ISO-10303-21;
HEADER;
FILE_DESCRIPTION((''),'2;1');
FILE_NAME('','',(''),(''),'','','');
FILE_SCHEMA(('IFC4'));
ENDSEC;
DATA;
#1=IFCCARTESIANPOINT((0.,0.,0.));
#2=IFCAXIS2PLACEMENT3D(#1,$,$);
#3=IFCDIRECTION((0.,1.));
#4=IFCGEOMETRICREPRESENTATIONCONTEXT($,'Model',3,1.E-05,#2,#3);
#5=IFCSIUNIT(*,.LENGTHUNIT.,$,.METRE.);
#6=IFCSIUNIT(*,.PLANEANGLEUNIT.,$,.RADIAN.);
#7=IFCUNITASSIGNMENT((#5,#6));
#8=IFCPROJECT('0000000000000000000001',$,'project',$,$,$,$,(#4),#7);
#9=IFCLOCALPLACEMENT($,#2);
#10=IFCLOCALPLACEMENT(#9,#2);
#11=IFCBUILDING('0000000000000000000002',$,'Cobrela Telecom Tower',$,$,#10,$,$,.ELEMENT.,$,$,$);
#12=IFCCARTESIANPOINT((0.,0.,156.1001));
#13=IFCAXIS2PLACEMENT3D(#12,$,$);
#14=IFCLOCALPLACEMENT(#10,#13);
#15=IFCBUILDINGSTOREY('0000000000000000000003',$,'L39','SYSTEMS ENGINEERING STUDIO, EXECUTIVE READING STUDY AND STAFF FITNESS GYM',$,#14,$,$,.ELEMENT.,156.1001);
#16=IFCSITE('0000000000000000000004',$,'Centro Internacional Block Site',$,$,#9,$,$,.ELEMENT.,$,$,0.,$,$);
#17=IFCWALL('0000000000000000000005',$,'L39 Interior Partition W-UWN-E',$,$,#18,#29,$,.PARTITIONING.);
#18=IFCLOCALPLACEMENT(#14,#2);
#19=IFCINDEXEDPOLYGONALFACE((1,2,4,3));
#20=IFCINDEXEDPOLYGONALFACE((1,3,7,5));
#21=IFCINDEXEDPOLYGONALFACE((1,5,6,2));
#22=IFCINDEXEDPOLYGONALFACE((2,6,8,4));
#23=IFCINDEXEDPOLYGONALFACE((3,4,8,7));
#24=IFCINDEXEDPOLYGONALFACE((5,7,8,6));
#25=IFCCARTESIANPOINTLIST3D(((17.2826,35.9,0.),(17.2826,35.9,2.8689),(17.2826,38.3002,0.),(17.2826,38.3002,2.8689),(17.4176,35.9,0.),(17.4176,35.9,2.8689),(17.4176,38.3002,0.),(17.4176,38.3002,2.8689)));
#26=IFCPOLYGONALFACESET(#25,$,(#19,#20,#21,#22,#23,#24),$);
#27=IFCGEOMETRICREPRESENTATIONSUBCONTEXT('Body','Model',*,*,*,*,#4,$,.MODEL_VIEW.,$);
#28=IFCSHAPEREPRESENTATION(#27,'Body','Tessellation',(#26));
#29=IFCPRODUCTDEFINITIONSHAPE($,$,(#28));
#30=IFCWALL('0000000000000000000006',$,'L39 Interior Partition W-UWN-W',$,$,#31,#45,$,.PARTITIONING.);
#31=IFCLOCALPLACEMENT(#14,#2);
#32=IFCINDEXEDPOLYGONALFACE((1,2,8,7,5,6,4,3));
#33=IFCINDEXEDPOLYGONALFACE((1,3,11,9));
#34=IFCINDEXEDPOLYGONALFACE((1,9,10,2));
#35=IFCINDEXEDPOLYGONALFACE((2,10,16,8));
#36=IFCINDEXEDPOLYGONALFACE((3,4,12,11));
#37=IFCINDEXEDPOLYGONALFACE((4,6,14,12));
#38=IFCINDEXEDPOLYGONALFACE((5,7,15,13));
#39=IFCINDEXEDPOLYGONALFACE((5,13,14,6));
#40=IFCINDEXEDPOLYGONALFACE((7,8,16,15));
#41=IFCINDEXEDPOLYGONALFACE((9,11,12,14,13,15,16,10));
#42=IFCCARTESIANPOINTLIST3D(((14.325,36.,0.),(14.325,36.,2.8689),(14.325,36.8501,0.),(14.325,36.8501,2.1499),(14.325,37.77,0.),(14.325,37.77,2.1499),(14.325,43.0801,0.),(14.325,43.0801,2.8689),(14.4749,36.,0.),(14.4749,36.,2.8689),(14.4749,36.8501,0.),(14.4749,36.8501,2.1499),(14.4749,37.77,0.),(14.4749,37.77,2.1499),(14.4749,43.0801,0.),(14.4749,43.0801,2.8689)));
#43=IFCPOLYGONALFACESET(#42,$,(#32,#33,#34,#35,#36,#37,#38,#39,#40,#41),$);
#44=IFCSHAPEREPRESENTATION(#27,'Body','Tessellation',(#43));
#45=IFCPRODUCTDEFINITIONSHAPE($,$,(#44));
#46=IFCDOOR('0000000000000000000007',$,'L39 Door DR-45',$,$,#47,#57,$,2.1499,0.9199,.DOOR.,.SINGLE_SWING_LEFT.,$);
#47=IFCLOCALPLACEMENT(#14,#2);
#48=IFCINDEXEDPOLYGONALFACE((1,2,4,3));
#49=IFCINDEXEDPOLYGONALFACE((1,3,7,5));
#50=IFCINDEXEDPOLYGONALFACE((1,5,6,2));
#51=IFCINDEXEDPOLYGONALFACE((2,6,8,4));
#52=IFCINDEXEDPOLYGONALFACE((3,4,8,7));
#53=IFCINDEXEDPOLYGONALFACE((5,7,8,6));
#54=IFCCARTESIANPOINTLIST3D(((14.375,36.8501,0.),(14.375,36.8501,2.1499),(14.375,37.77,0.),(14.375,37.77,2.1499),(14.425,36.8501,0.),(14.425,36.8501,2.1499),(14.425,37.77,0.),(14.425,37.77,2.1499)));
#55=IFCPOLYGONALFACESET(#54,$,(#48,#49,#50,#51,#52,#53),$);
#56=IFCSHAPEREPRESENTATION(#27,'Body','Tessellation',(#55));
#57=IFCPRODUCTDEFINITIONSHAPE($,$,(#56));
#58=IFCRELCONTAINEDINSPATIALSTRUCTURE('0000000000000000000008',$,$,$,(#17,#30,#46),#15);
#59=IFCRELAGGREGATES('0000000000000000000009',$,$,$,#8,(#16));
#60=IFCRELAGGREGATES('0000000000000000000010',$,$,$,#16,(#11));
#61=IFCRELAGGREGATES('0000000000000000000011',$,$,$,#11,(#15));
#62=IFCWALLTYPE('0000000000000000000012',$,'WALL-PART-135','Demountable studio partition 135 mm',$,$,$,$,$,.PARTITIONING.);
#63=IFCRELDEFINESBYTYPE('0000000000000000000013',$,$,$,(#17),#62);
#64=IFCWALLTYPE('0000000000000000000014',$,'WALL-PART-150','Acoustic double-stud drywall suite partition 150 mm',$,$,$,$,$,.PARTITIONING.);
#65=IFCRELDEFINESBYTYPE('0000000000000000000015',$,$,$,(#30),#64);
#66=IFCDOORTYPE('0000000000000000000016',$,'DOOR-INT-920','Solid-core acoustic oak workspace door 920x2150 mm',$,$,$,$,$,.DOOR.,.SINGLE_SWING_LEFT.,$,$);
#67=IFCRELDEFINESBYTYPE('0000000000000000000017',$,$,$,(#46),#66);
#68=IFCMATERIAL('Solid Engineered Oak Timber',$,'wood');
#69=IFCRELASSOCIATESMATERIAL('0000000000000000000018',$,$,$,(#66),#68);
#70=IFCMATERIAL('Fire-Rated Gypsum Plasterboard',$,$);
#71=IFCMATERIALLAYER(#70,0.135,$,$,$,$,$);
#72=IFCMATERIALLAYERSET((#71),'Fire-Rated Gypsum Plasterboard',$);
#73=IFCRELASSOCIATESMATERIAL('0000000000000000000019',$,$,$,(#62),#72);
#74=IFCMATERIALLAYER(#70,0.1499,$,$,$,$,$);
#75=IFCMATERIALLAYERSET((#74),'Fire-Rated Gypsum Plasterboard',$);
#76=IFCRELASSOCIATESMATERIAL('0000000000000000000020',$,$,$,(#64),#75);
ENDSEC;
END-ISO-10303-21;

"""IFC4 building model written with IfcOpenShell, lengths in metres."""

from ifc_helpers import new_model, si_unit, direction, frame, frame_2d, origin, place, context, subcontext, project, spatial, rectangle, extrude, material, layer, layer_set, type_object, element, fill, save


model = new_model("IFC4")

# Units and contexts
model_context = context("Model", 3, precision=1e-05, world=origin(), true_north=direction((0.0, 1.0)))
body_context = subcontext(model_context, "Body", "Model", "MODEL_VIEW")
ifc_project = project(units=[si_unit("LENGTHUNIT", "METRE"), si_unit("PLANEANGLEUNIT", "RADIAN")], contexts=[model_context])

# Site, building, storey
site_placement = place(None, origin())
site = spatial("IfcSite", under=ifc_project, at=site_placement, Name="Centro Internacional Block Site", CompositionType="ELEMENT", RefElevation=0.0)
building_placement = place(site_placement, origin())
building = spatial("IfcBuilding", under=site, at=building_placement, Name="Cobrela Telecom Tower", CompositionType="ELEMENT")
storey_placement = place(building_placement, frame((0.0, 0.0, 156.1001)))
storey = spatial("IfcBuildingStorey", under=building, at=storey_placement, Name="L39", Description="SYSTEMS ENGINEERING STUDIO, EXECUTIVE READING STUDY AND STAFF FITNESS GYM", CompositionType="ELEMENT", Elevation=156.1001)

# Shared definitions
ifc_material_1 = material(Name="Fire-Rated Gypsum Plasterboard")
ifc_material_2 = material(Name="Solid Engineered Oak Timber", Category="wood")
door_type = type_object("IfcDoorType", Name="DOOR-INT-920", Description="Solid-core acoustic oak workspace door 920x2150 mm", OperationType="SINGLE_SWING_LEFT", PredefinedType="DOOR", material=ifc_material_2)

# Wall
ifc_layer_1 = layer(ifc_material_1, 0.135)
ifc_layer_set_1 = layer_set([ifc_layer_1], Name="Fire-Rated Gypsum Plasterboard")
wall_type_1 = type_object("IfcWallType", Name="WALL-PART-135", Description="Demountable studio partition 135 mm", PredefinedType="PARTITIONING", material=ifc_layer_set_1)
wall_1_placement = place(storey_placement, frame((17.3501, 35.8999, 0.0), z_axis=(0.0, 0.0, 1.0), x_axis=(0.0, 1.0, 0.0)))
element("IfcWall", 1, at=wall_1_placement, inside=storey, type_object=wall_type_1, Name="L39 Interior Partition W-UWN-E", PredefinedType="PARTITIONING", context=body_context, shape_type="SweptSolid", body=[
    extrude(rectangle(XDim=2.4001, YDim=0.135, at=frame_2d((1.2002, 0.0))), origin(), (0.0, 0.0, 1.0), 2.8689),
])

# Wall, opening, door
ifc_layer_2 = layer(ifc_material_1, 0.1499)
ifc_layer_set_2 = layer_set([ifc_layer_2], Name="Fire-Rated Gypsum Plasterboard")
wall_type_2 = type_object("IfcWallType", Name="WALL-PART-150", Description="Acoustic double-stud drywall suite partition 150 mm", PredefinedType="PARTITIONING", material=ifc_layer_set_2)
wall_2_placement = place(storey_placement, frame((14.3999, 36.0, 0.0), z_axis=(0.0, 0.0, 1.0), x_axis=(0.0, 1.0, 0.0)))
wall_2 = element("IfcWall", 2, at=wall_2_placement, inside=storey, type_object=wall_type_2, Name="L39 Interior Partition W-UWN-W", PredefinedType="PARTITIONING", context=body_context, shape_type="SweptSolid", body=[
    extrude(rectangle(XDim=7.0801, YDim=0.1499, at=frame_2d((3.54, 0.0))), origin(), (0.0, 0.0, 1.0), 2.8689),
])
opening_1_placement = place(wall_2_placement, frame((0.8501, 0.0, 0.0)))
opening_1 = element("IfcOpeningElement", 3, at=opening_1_placement, cuts=wall_2, PredefinedType="OPENING", context=body_context, shape_type="SweptSolid", body=[
    extrude(rectangle(XDim=0.9199, YDim=2.1499, at=frame_2d((0.46, 1.075))), frame((0.0, 0.0869, 0.0), z_axis=(0.0, -1.0, 0.0), x_axis=(1.0, 0.0, 0.0)), (0.0, 0.0, 1.0), 0.1738),
])
door_1_placement = place(opening_1_placement, origin())
door_1 = element("IfcDoor", 4, at=door_1_placement, inside=storey, type_object=door_type, Name="L39 Door DR-45", OperationType="SINGLE_SWING_LEFT", OverallHeight=2.1499, OverallWidth=0.9199, PredefinedType="DOOR", context=body_context, shape_type="SweptSolid", body=[
    extrude(rectangle(XDim=0.9199, YDim=2.1499, at=frame_2d((0.46, 1.075))), frame((0.0, 0.0249, 0.0), z_axis=(0.0, -1.0, 0.0), x_axis=(1.0, 0.0, 0.0)), (0.0, 0.0, 1.0), 0.05),
])
fill(opening_1, door_1)

save(model, "model.ifc")
